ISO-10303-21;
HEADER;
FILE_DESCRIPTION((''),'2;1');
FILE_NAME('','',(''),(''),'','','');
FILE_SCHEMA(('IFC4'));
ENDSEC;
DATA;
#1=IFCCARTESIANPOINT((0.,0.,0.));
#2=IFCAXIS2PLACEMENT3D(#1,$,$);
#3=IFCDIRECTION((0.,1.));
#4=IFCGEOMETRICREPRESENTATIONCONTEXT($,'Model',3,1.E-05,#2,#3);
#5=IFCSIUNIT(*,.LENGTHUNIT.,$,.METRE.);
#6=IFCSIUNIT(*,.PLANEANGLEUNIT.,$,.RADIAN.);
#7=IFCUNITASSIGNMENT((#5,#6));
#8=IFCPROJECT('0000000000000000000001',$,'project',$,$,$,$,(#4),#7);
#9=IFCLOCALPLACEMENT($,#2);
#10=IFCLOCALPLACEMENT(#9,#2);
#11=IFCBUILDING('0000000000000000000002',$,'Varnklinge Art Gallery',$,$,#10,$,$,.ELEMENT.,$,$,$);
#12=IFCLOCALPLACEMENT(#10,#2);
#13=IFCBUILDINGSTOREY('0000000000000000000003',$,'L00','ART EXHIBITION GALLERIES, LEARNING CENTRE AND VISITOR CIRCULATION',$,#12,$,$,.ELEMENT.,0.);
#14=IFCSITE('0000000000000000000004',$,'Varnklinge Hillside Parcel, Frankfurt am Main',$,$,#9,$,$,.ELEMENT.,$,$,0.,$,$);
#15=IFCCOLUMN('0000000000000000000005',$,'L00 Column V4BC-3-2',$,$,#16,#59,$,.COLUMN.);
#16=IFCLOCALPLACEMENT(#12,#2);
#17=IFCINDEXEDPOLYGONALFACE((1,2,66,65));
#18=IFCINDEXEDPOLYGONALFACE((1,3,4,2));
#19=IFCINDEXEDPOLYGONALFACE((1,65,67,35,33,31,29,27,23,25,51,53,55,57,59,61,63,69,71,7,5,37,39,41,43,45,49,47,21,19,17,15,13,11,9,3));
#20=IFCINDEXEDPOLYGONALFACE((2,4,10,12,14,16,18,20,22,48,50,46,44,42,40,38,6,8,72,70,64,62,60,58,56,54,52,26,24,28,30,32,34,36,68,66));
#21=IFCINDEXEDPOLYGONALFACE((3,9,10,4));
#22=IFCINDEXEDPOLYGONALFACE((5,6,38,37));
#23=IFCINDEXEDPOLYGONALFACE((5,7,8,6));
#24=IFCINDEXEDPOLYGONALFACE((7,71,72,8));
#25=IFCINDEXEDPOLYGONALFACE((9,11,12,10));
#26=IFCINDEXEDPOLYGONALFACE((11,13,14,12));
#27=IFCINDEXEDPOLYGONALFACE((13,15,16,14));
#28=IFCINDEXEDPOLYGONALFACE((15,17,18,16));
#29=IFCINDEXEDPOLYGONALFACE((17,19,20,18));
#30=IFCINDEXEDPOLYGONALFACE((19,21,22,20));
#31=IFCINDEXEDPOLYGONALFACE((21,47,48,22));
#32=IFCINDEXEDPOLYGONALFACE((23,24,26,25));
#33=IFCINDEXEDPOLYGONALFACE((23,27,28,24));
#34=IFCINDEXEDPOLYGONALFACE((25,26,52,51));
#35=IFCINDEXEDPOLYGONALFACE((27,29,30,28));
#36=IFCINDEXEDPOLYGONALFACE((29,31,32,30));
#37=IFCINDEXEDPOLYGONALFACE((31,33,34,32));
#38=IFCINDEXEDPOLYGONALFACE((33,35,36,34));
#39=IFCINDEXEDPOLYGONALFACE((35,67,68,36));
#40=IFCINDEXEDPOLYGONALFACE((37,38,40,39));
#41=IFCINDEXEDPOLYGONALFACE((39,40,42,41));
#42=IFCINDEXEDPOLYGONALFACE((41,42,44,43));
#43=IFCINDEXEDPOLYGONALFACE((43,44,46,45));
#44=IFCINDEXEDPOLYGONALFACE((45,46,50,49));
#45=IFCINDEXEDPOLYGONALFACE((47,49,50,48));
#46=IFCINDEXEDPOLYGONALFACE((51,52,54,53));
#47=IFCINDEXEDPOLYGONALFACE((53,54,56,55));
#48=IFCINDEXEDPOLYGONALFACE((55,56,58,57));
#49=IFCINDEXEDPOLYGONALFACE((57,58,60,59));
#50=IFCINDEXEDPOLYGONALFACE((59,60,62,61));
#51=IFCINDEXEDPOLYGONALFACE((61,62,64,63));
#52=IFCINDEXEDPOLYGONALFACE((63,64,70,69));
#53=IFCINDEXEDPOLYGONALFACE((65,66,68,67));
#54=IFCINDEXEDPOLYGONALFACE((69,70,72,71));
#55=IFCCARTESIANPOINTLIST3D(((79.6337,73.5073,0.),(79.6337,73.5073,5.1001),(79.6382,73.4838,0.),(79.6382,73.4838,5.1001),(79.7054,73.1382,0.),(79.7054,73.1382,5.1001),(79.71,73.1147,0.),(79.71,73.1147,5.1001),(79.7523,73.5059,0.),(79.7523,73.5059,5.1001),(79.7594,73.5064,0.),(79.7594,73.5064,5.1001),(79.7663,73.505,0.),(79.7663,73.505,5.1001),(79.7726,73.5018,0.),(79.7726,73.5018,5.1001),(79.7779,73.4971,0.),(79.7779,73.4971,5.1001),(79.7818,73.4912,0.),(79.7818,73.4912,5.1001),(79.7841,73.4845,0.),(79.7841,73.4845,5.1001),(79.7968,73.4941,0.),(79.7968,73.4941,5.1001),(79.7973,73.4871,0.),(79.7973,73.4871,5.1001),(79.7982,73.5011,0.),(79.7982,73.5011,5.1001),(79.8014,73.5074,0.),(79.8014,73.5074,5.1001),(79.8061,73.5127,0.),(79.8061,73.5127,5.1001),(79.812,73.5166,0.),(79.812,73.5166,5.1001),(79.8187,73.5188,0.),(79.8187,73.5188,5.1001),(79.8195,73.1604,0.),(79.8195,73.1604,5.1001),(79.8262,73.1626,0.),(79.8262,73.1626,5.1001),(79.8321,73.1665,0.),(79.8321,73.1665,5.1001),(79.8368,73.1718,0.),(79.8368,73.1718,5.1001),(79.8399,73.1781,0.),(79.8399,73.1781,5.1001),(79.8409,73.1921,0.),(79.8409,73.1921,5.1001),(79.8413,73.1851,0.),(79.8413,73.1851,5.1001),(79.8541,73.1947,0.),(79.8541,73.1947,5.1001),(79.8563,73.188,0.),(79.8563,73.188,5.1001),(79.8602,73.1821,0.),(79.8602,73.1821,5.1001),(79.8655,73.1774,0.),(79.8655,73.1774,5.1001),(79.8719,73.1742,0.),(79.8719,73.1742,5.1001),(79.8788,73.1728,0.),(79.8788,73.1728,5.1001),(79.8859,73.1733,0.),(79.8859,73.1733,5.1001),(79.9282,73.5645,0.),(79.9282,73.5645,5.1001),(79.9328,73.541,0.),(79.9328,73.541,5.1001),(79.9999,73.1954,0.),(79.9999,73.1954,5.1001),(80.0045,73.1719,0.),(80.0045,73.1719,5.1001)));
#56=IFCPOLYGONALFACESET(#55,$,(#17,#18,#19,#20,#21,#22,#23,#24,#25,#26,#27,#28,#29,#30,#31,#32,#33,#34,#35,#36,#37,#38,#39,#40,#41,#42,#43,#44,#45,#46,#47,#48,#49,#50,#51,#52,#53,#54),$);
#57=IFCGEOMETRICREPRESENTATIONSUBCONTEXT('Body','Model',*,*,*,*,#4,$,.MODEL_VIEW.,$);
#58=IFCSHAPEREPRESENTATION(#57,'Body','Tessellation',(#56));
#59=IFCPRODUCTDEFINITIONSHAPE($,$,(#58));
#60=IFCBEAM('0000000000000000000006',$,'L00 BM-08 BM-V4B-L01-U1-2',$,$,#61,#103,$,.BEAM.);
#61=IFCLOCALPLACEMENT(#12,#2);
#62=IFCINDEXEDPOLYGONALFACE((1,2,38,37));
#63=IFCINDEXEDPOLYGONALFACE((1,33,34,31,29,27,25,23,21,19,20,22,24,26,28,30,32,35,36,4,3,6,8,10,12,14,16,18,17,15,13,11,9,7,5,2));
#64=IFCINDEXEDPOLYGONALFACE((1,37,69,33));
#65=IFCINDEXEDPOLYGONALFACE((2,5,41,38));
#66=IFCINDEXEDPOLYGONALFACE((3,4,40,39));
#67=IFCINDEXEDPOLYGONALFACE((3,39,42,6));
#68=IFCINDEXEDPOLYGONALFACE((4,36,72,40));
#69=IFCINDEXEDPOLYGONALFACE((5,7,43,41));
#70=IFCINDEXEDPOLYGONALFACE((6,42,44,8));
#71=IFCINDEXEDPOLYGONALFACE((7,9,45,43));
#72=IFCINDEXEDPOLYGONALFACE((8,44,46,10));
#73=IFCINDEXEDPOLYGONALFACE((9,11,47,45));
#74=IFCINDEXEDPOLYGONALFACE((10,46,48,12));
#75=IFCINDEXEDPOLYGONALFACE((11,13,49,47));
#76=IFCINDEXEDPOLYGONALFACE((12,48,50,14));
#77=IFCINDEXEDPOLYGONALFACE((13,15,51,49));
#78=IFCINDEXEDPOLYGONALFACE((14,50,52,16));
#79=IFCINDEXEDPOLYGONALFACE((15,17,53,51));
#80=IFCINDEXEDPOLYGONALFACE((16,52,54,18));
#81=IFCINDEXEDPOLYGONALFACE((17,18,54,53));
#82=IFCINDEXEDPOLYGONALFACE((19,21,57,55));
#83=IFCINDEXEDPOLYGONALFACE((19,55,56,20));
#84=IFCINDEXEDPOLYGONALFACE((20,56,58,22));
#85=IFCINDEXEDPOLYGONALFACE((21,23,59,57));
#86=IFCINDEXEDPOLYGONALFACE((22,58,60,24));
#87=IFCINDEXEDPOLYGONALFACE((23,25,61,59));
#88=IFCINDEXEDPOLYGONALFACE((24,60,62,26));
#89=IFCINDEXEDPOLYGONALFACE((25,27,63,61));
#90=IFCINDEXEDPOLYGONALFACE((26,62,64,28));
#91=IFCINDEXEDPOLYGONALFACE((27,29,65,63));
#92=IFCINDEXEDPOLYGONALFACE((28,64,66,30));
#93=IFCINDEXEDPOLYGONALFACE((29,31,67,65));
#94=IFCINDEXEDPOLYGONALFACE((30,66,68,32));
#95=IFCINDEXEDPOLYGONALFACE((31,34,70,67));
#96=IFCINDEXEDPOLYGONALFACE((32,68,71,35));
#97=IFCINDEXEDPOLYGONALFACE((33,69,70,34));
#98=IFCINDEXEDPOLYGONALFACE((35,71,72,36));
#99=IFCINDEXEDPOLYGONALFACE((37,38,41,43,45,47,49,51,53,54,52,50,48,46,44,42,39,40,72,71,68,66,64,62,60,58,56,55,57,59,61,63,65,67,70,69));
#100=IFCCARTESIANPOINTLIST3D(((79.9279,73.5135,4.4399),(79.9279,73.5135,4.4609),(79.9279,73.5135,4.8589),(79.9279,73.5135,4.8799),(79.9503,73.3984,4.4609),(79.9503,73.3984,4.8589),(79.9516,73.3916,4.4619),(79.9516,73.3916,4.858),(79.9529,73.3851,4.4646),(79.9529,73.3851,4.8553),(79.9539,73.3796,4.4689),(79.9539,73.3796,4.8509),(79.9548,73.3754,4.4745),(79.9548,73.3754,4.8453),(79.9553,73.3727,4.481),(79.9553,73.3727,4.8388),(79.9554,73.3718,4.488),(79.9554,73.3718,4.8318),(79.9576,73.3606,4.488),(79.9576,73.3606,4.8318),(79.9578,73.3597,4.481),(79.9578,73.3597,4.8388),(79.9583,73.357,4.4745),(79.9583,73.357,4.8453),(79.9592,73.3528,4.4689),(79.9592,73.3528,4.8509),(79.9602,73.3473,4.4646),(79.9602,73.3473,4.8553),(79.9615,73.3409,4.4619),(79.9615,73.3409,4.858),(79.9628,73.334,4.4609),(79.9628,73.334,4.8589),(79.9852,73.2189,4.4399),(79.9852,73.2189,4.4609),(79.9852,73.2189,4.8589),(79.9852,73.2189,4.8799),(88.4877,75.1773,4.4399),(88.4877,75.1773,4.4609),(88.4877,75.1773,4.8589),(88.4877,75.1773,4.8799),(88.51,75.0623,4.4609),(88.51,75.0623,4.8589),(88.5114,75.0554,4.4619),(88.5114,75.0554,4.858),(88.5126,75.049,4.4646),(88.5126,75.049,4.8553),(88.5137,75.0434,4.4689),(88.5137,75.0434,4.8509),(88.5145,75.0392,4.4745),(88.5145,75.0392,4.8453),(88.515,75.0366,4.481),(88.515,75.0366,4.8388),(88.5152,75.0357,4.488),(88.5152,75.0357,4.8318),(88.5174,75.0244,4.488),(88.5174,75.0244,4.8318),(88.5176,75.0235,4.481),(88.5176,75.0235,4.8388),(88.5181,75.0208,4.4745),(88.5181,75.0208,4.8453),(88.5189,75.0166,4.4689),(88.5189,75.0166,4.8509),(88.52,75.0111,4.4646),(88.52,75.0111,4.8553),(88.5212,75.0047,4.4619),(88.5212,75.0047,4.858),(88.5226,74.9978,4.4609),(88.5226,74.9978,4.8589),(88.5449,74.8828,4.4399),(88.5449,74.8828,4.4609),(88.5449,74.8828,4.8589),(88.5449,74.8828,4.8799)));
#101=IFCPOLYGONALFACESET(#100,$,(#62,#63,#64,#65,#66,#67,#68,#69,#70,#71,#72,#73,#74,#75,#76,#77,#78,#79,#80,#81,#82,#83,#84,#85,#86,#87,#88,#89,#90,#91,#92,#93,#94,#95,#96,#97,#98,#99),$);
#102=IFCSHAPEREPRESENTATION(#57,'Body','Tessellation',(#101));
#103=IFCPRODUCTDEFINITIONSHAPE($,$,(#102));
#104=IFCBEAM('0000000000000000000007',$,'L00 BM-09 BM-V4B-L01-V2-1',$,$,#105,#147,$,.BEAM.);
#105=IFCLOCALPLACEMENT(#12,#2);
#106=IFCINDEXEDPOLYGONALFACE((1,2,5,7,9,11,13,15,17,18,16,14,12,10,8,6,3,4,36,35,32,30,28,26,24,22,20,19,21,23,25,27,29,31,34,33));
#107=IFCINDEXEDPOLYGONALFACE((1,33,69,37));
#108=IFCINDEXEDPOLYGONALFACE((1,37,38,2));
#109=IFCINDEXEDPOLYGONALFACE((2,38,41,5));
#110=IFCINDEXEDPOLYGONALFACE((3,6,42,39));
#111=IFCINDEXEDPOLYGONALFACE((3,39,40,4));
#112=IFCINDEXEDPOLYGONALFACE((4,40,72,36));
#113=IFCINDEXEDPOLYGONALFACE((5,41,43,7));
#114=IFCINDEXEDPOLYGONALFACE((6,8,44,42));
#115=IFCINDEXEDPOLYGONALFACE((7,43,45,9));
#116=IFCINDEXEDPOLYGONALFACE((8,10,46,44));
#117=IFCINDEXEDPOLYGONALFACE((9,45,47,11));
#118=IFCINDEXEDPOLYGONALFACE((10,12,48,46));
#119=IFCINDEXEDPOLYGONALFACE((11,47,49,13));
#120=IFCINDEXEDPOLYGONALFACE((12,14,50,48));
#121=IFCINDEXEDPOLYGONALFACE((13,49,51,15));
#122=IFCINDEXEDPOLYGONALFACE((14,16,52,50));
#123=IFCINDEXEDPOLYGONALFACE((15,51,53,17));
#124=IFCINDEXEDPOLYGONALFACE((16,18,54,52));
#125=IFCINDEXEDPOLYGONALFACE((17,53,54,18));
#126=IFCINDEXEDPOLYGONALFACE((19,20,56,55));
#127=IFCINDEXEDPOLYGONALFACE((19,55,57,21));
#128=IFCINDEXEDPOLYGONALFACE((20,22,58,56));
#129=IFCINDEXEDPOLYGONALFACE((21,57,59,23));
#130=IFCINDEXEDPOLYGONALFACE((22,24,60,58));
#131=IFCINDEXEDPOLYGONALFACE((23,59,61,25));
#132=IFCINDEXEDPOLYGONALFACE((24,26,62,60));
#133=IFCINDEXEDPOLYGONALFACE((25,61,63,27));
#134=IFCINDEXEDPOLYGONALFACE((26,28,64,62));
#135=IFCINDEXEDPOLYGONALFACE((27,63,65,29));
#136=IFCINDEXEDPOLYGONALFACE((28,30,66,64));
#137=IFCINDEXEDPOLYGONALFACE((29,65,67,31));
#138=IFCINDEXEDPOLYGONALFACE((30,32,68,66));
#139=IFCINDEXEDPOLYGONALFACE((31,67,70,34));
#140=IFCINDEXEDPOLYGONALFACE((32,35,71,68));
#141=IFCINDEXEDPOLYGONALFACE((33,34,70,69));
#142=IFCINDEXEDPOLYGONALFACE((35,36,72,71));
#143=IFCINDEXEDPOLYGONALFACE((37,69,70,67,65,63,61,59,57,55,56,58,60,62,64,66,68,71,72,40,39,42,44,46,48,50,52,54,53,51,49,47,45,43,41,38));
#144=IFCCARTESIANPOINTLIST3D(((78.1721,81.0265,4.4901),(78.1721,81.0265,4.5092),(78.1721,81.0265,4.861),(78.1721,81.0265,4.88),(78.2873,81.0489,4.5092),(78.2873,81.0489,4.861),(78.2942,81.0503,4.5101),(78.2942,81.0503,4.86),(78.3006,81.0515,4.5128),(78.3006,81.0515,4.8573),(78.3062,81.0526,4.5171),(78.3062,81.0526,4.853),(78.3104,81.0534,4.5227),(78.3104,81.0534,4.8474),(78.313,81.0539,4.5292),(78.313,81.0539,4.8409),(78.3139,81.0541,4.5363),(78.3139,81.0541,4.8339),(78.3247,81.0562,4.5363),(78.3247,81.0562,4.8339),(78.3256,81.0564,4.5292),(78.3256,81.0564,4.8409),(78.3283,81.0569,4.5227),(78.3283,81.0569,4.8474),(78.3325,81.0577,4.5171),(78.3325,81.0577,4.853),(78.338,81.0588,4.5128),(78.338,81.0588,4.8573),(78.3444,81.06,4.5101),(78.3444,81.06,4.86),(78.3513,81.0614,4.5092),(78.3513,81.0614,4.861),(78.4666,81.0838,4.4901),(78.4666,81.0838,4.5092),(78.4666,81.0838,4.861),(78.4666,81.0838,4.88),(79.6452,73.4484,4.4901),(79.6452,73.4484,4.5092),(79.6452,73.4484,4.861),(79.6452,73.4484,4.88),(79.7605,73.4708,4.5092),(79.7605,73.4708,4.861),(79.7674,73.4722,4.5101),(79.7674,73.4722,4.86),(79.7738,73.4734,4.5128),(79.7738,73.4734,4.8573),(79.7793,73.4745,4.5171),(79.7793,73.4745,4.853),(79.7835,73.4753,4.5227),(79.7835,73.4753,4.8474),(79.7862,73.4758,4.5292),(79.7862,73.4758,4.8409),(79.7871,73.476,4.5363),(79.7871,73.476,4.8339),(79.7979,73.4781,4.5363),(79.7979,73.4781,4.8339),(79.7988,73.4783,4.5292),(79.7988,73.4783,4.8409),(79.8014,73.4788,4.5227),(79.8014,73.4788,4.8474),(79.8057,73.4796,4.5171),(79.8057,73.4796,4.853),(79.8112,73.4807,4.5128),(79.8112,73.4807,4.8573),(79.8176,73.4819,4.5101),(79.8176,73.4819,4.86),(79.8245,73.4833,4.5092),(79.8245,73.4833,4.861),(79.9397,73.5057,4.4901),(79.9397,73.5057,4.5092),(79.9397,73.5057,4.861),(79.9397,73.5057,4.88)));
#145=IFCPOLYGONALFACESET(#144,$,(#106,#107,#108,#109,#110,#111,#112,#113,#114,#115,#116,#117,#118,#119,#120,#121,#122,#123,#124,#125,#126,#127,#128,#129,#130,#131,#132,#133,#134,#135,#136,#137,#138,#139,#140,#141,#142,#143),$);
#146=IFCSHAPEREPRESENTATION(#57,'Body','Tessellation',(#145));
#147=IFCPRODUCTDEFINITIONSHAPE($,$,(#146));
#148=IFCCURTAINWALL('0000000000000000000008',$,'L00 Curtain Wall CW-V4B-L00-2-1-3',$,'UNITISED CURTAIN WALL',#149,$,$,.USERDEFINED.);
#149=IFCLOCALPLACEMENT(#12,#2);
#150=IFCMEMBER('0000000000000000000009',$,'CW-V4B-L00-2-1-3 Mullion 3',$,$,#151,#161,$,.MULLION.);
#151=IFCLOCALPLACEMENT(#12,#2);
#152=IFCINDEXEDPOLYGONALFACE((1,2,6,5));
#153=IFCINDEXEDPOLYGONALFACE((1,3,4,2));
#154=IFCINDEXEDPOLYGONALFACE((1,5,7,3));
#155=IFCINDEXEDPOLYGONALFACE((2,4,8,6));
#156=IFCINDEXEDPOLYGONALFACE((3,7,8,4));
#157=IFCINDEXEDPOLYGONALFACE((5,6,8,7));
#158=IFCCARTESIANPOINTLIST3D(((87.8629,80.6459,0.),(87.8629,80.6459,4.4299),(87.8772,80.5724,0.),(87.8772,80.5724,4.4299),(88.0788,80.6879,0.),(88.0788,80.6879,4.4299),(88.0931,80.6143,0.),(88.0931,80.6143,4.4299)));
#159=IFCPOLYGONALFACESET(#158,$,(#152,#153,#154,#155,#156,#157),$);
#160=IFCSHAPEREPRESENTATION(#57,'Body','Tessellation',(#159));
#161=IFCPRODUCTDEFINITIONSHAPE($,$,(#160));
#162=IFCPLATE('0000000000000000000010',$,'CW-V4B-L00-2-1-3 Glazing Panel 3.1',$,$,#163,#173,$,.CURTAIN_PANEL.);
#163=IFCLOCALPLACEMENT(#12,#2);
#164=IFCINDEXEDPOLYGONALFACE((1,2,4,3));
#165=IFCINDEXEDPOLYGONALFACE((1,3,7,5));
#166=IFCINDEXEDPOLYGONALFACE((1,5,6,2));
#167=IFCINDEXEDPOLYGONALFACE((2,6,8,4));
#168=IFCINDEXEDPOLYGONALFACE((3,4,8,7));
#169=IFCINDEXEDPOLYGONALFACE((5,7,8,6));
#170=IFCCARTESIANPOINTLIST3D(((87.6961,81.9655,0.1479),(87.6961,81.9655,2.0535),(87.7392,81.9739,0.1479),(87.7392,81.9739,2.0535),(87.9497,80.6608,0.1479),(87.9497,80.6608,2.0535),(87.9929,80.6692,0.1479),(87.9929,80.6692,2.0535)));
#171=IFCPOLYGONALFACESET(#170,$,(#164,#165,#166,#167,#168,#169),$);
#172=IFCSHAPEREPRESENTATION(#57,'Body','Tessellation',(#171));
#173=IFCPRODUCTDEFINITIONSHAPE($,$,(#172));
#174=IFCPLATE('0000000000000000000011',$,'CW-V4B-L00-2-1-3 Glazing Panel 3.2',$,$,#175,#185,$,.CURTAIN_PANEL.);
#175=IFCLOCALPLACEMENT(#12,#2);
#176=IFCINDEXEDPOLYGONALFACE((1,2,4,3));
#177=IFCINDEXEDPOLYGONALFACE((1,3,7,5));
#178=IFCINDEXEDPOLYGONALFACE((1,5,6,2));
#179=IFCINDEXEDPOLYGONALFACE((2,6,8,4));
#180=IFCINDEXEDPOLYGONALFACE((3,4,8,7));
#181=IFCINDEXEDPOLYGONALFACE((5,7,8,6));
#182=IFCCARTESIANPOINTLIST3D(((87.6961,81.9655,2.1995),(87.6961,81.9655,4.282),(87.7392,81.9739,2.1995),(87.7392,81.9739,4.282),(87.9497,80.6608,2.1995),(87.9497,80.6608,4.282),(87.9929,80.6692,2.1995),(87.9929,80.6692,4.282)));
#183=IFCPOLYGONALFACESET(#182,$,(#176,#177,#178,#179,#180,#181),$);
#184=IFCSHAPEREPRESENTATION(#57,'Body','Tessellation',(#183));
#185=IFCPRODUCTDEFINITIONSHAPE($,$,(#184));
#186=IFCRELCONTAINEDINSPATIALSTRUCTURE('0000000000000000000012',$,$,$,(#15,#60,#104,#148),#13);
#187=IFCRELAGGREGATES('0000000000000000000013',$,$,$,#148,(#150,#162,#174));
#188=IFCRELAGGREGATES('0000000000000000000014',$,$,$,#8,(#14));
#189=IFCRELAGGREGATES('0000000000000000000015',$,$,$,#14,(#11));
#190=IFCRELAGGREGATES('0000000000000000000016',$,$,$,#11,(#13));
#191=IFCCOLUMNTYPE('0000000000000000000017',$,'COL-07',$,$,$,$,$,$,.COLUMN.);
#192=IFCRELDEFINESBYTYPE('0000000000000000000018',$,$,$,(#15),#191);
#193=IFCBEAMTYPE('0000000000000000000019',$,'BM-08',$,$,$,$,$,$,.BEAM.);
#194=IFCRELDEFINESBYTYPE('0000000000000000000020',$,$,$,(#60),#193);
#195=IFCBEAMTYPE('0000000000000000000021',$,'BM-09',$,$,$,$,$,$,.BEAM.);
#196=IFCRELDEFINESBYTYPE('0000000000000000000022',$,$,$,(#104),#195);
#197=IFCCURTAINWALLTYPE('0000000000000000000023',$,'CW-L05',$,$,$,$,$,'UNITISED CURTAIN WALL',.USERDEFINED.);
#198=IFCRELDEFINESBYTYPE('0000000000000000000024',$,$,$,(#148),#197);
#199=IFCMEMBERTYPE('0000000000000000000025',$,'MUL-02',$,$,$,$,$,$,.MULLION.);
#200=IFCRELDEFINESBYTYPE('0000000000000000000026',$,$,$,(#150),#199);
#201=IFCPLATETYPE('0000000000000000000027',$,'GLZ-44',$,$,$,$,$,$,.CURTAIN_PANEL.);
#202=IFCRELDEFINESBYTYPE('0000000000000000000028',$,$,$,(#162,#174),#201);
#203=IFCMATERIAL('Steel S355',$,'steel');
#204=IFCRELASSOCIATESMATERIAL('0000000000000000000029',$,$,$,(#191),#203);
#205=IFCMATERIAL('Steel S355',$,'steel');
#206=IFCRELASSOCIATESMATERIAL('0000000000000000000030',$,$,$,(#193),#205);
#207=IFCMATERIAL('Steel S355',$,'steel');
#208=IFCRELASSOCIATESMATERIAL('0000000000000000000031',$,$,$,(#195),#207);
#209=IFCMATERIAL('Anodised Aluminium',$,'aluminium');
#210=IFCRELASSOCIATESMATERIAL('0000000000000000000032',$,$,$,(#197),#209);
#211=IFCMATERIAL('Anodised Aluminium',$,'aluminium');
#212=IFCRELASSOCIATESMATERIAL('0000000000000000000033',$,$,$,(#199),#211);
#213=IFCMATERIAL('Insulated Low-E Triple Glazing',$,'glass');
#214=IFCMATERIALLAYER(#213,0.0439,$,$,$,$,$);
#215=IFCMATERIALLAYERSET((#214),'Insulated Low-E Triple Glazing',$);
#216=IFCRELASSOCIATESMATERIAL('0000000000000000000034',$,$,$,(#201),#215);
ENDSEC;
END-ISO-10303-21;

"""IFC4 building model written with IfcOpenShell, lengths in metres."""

from ifc_helpers import new_model, si_unit, direction, frame, origin, origin_2d, place, context, subcontext, project, spatial, rectangle, i_section, extrude, material, layer, layer_set, material_profile, profile_set, type_object, element, aggregate, save


model = new_model("IFC4")

# Units and contexts
model_context = context("Model", 3, precision=1e-05, world=origin(), true_north=direction((0.0, 1.0)))
body_context = subcontext(model_context, "Body", "Model", "MODEL_VIEW")
ifc_project = project(units=[si_unit("LENGTHUNIT", "METRE"), si_unit("PLANEANGLEUNIT", "RADIAN")], contexts=[model_context])

# Site, building, storey
site_placement = place(None, origin())
site = spatial("IfcSite", under=ifc_project, at=site_placement, Name="Varnklinge Hillside Parcel, Frankfurt am Main", CompositionType="ELEMENT", RefElevation=0.0)
building_placement = place(site_placement, origin())
building = spatial("IfcBuilding", under=site, at=building_placement, Name="Varnklinge Art Gallery", CompositionType="ELEMENT")
storey_placement = place(building_placement, origin())
storey = spatial("IfcBuildingStorey", under=building, at=storey_placement, Name="L00", Description="ART EXHIBITION GALLERIES, LEARNING CENTRE AND VISITOR CIRCULATION", CompositionType="ELEMENT", Elevation=0.0)

# Column
ifc_material_1 = material(Name="Steel S355", Category="steel")
ifc_material_profile_1 = material_profile(ifc_material_1, i_section(OverallWidth=0.3, OverallDepth=0.3999, WebThickness=0.0134, FlangeThickness=0.0239, FilletRadius=0.0271, at=origin_2d()), Name="HEB 400")
ifc_profile_set_1 = profile_set([ifc_material_profile_1], Name="Steel S355")
column_type = type_object("IfcColumnType", Name="COL-07", PredefinedType="COLUMN", material=ifc_profile_set_1)
column_placement = place(storey_placement, frame((79.8191, 73.3396, 0.0), z_axis=(0.0, 0.0, 1.0), x_axis=(0.981627, 0.190809, 0.0)))
element("IfcColumn", 1, at=column_placement, inside=storey, type_object=column_type, Name="L00 Column V4BC-3-2", PredefinedType="COLUMN", context=body_context, shape_type="SweptSolid", body=[
    extrude(i_section(OverallWidth=0.3, OverallDepth=0.3999, WebThickness=0.0134, FlangeThickness=0.0239, FilletRadius=0.0271, at=origin_2d()), origin(), (0.0, 0.0, 1.0), 5.1001),
])

# Beams
ifc_material_2 = material(Name="Steel S355", Category="steel")
ifc_material_profile_2 = material_profile(ifc_material_2, i_section(OverallWidth=0.3, OverallDepth=0.4399, WebThickness=0.0115, FlangeThickness=0.021, FilletRadius=0.0271, at=origin_2d()), Name="HEA 450")
ifc_profile_set_2 = profile_set([ifc_material_profile_2], Name="Steel S355")
beam_type_1 = type_object("IfcBeamType", Name="BM-08", PredefinedType="BEAM", material=ifc_profile_set_2)
beam_1_placement = place(storey_placement, frame((79.9565, 73.3662, 4.6599), z_axis=(0.981628, 0.190804, 0.0), x_axis=(-0.190804, 0.981628, 0.0)))
element("IfcBeam", 2, at=beam_1_placement, inside=storey, type_object=beam_type_1, Name="L00 BM-08 BM-V4B-L01-U1-2", PredefinedType="BEAM", context=body_context, shape_type="SweptSolid", body=[
    extrude(i_section(OverallWidth=0.3, OverallDepth=0.4399, WebThickness=0.0115, FlangeThickness=0.021, FilletRadius=0.0271, at=origin_2d()), origin(), (0.0, 0.0, 1.0), 8.72),
])
ifc_material_3 = material(Name="Steel S355", Category="steel")
ifc_material_profile_3 = material_profile(ifc_material_3, i_section(OverallWidth=0.3, OverallDepth=0.3899, WebThickness=0.011, FlangeThickness=0.019, FilletRadius=0.0271, at=origin_2d()), Name="HEA 400")
ifc_profile_set_3 = profile_set([ifc_material_profile_3], Name="Steel S355")
beam_type_2 = type_object("IfcBeamType", Name="BM-09", PredefinedType="BEAM", material=ifc_profile_set_3)
beam_2_placement = place(storey_placement, frame((79.7925, 73.4771, 4.6851), z_axis=(-0.190822, 0.981625, 0.0), x_axis=(-0.981625, -0.190822, 0.0)))
element("IfcBeam", 3, at=beam_2_placement, inside=storey, type_object=beam_type_2, Name="L00 BM-09 BM-V4B-L01-V2-1", PredefinedType="BEAM", context=body_context, shape_type="SweptSolid", body=[
    extrude(i_section(OverallWidth=0.3, OverallDepth=0.3899, WebThickness=0.011, FlangeThickness=0.019, FilletRadius=0.0271, at=origin_2d()), origin(), (0.0, 0.0, 1.0), 7.72),
])

# Curtain wall, member, plates
ifc_material_4 = material(Name="Anodised Aluminium", Category="aluminium")
curtain_wall_type = type_object("IfcCurtainWallType", Name="CW-L05", ElementType="UNITISED CURTAIN WALL", PredefinedType="USERDEFINED", material=ifc_material_4)
curtain_wall_placement = place(storey_placement, origin())
curtain_wall = element("IfcCurtainWall", 4, at=curtain_wall_placement, inside=storey, type_object=curtain_wall_type, Name="L00 Curtain Wall CW-V4B-L00-2-1-3", ObjectType="UNITISED CURTAIN WALL", PredefinedType="USERDEFINED")
ifc_material_5 = material(Name="Anodised Aluminium", Category="aluminium")
ifc_material_profile_4 = material_profile(ifc_material_5, rectangle(XDim=0.075, YDim=0.22, at=origin_2d()), Name="ALU 75x220")
ifc_profile_set_4 = profile_set([ifc_material_profile_4], Name="Anodised Aluminium")
member_type = type_object("IfcMemberType", Name="MUL-02", PredefinedType="MULLION", material=ifc_profile_set_4)
member_placement = place(storey_placement, frame((87.978, 80.6301, 0.0), z_axis=(0.0, 0.0, 1.0), x_axis=(-0.190809, 0.981627, 0.0)))
member = element("IfcMember", 5, at=member_placement, type_object=member_type, Name="CW-V4B-L00-2-1-3 Mullion 3", PredefinedType="MULLION", context=body_context, shape_type="SweptSolid", body=[
    extrude(rectangle(XDim=0.075, YDim=0.22, at=origin_2d()), origin(), (0.0, 0.0, 1.0), 4.4299),
])
ifc_material_6 = material(Name="Insulated Low-E Triple Glazing", Category="glass")
ifc_layer_1 = layer(ifc_material_6, 0.0439)
ifc_layer_set_1 = layer_set([ifc_layer_1], Name="Insulated Low-E Triple Glazing")
plate_type = type_object("IfcPlateType", Name="GLZ-44", PredefinedType="CURTAIN_PANEL", material=ifc_layer_set_1)
plate_1_placement = place(storey_placement, frame((87.8445, 81.3174, 0.1479), z_axis=(0.0, 0.0, 1.0), x_axis=(-0.190809, 0.981627, 0.0)))
plate_1 = element("IfcPlate", 6, at=plate_1_placement, type_object=plate_type, Name="CW-V4B-L00-2-1-3 Glazing Panel 3.1", PredefinedType="CURTAIN_PANEL", context=body_context, shape_type="SweptSolid", body=[
    extrude(rectangle(XDim=1.3291, YDim=0.0439, at=origin_2d()), origin(), (0.0, 0.0, 1.0), 1.9055),
])
plate_2_placement = place(storey_placement, frame((87.8445, 81.3174, 2.1995), z_axis=(0.0, 0.0, 1.0), x_axis=(-0.190809, 0.981627, 0.0)))
plate_2 = element("IfcPlate", 7, at=plate_2_placement, type_object=plate_type, Name="CW-V4B-L00-2-1-3 Glazing Panel 3.2", PredefinedType="CURTAIN_PANEL", context=body_context, shape_type="SweptSolid", body=[
    extrude(rectangle(XDim=1.3291, YDim=0.0439, at=origin_2d()), origin(), (0.0, 0.0, 1.0), 2.0825),
])
aggregate(curtain_wall, [member, plate_1, plate_2])

save(model, "model.ifc")
